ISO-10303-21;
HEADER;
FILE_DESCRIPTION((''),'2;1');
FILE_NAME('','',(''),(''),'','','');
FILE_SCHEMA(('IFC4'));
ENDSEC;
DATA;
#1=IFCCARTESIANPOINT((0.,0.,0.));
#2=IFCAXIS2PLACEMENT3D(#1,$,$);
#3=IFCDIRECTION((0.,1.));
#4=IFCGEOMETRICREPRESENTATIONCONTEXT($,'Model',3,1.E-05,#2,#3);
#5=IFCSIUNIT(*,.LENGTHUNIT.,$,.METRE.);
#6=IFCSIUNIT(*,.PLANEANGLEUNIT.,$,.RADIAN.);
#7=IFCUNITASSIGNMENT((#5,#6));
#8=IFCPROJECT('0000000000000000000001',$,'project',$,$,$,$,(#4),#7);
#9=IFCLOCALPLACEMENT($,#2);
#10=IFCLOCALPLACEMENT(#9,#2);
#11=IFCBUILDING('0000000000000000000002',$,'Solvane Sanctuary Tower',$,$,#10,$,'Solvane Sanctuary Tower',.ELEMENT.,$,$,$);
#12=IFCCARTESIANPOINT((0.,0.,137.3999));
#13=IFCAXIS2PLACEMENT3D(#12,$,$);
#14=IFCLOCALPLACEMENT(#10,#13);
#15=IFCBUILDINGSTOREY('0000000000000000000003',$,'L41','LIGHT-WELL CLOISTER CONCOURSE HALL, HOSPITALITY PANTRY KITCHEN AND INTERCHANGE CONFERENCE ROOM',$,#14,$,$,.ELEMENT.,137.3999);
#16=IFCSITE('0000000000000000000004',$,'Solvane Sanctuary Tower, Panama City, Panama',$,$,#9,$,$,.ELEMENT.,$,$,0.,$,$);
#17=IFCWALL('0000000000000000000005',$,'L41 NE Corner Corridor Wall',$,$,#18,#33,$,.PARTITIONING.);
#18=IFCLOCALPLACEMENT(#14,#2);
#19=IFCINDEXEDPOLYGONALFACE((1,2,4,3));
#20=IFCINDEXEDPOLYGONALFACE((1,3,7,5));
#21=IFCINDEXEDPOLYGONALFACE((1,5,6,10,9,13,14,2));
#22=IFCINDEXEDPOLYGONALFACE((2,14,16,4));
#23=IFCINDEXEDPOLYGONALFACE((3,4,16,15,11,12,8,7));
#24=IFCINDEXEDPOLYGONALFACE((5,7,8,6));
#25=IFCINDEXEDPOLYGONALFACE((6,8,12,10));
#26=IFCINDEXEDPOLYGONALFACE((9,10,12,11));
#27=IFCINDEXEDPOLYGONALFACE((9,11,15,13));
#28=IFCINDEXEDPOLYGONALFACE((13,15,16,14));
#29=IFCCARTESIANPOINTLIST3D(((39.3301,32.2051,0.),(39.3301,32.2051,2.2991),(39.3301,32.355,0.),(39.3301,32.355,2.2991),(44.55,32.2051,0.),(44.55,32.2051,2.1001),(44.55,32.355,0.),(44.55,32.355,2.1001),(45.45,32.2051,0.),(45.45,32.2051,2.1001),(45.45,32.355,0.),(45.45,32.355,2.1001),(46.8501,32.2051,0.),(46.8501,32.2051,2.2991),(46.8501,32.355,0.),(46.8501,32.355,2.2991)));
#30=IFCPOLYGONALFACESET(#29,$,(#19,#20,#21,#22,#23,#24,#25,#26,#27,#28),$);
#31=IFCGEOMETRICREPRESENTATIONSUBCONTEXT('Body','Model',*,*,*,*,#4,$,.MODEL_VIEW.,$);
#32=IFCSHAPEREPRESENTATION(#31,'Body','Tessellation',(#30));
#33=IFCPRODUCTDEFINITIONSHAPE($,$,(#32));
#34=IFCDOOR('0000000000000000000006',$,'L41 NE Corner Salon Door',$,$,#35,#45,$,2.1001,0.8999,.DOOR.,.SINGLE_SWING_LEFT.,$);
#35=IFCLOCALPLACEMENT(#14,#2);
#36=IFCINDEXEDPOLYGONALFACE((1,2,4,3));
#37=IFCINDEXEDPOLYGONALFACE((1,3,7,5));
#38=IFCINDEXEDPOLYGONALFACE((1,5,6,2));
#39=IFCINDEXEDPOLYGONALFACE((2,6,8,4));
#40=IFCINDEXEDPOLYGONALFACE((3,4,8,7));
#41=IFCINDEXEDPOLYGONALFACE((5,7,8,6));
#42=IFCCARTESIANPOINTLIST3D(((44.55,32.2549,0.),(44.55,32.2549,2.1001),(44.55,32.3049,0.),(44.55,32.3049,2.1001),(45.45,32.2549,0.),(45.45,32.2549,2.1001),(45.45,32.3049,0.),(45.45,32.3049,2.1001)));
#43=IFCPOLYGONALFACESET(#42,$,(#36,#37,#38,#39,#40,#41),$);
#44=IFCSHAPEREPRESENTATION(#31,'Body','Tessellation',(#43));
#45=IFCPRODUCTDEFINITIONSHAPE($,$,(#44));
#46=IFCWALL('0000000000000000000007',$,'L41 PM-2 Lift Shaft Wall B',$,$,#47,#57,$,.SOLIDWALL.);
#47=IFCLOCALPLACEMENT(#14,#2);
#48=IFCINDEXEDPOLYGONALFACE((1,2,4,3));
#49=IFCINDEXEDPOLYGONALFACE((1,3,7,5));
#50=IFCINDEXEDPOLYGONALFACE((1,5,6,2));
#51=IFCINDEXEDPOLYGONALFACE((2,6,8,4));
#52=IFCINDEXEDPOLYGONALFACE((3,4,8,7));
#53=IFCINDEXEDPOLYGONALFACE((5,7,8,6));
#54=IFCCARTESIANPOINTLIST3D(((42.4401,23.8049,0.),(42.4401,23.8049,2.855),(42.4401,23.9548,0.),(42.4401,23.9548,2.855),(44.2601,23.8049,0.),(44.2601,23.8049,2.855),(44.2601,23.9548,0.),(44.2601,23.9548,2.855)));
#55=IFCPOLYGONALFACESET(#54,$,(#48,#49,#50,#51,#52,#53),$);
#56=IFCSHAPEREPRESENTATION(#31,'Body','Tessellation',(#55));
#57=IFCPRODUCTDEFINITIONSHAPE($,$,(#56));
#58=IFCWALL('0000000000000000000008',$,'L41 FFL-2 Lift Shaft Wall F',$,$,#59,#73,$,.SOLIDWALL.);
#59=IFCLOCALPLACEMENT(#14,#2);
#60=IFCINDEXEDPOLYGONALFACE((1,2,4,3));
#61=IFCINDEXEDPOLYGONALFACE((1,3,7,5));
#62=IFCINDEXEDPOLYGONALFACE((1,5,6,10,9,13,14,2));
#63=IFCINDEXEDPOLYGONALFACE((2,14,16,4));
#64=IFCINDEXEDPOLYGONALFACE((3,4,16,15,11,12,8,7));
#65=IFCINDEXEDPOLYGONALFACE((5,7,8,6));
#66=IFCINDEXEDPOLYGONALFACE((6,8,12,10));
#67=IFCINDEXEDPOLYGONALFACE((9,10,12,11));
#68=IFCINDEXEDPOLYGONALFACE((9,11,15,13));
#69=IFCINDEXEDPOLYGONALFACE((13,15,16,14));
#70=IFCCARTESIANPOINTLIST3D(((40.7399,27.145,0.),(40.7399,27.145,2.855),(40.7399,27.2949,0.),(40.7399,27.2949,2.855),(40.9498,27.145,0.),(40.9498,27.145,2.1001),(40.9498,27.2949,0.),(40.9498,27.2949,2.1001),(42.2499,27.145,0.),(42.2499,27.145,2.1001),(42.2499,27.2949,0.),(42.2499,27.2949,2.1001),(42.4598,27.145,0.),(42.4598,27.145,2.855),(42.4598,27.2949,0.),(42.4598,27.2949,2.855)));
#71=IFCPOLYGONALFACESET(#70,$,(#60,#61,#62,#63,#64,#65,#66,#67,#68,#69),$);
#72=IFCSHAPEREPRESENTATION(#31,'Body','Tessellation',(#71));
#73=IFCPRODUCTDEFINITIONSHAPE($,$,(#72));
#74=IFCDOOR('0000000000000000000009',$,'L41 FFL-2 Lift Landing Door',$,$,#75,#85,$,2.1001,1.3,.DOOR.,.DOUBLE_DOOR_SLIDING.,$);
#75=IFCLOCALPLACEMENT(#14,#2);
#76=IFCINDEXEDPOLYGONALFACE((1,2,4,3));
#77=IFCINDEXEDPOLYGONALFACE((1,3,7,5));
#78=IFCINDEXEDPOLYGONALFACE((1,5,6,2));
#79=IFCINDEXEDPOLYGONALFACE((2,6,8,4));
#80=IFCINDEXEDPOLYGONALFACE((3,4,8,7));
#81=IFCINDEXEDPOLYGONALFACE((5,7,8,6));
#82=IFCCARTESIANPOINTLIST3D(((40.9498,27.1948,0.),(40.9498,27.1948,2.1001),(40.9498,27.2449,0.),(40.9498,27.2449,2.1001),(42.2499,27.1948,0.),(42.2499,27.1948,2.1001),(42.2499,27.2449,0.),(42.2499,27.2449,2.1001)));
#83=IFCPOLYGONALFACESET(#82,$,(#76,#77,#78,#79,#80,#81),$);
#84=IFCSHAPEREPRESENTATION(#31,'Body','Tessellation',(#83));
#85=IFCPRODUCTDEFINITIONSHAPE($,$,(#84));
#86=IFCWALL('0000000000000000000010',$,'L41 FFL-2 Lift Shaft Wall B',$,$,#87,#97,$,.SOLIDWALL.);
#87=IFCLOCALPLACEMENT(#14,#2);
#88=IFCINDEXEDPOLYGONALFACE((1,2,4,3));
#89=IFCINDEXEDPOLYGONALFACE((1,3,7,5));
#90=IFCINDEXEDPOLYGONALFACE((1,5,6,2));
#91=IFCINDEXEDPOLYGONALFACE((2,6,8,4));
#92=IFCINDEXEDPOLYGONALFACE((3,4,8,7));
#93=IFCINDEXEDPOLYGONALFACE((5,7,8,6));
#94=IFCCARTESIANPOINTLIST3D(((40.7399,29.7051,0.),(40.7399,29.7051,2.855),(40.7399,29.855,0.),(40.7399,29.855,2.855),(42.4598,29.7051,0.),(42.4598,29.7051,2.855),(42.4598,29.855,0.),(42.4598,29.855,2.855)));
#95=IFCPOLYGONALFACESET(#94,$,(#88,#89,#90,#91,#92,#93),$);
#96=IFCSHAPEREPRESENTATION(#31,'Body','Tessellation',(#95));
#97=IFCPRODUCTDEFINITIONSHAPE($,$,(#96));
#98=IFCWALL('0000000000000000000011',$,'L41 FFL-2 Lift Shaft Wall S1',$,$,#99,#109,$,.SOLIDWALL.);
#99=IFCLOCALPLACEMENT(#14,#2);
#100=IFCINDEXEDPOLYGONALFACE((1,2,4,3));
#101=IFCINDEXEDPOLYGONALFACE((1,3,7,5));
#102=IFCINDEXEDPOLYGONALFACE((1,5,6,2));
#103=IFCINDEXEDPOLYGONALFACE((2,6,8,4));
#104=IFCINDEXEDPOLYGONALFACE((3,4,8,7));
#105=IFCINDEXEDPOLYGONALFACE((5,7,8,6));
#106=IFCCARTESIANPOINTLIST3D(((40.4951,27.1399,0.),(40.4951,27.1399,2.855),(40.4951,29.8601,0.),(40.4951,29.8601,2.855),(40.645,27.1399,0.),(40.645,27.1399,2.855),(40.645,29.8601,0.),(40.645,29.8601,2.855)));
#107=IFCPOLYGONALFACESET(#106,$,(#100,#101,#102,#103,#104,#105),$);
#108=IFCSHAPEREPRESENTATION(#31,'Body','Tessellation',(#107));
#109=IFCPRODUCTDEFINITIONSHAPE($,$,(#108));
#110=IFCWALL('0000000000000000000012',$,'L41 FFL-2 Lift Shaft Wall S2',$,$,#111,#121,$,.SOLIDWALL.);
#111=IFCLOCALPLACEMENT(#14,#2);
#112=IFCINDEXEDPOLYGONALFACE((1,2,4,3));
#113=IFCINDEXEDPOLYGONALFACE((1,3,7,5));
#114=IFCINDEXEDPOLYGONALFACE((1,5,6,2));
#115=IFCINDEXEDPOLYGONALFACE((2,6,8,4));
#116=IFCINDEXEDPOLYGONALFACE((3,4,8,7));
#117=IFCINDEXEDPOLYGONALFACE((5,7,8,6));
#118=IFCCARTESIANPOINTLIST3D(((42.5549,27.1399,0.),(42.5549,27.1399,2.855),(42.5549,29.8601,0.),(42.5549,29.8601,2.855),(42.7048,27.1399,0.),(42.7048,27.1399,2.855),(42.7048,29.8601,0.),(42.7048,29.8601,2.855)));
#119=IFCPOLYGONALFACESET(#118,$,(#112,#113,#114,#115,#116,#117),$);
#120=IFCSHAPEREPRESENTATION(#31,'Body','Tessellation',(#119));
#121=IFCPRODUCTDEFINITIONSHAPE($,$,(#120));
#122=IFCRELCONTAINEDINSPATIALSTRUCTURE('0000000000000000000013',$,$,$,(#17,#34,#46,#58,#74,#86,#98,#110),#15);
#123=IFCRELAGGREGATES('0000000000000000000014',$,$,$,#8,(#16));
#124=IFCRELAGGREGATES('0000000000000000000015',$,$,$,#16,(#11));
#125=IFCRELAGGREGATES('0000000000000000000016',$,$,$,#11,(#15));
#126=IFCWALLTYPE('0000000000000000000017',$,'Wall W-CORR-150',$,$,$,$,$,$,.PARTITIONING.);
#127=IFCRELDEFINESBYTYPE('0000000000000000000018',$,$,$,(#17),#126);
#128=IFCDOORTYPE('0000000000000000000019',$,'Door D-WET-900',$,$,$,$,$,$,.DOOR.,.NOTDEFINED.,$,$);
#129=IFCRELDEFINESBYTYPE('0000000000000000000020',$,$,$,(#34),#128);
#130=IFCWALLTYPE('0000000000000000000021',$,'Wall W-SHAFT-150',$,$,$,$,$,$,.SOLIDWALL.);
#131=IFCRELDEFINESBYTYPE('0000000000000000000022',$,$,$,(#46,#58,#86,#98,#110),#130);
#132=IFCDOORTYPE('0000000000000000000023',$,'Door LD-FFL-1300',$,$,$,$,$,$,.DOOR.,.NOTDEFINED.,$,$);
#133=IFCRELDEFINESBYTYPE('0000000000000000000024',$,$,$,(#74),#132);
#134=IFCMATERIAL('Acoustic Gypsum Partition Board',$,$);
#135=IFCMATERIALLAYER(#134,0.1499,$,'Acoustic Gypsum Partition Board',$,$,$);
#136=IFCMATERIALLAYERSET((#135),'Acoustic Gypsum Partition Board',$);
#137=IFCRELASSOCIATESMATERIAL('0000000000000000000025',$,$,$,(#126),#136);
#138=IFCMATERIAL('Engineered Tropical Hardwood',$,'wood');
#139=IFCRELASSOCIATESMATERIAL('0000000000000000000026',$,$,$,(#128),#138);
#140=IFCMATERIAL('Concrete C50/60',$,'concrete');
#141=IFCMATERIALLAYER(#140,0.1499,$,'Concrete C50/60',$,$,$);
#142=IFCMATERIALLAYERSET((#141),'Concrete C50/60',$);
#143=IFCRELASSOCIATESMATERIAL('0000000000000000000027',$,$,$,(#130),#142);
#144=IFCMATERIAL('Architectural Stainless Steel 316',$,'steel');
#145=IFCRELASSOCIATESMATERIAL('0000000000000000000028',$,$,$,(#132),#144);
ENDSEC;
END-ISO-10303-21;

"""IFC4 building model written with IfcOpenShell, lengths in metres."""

from ifc_helpers import new_model, si_unit, direction, frame, frame_2d, origin, place, context, subcontext, project, spatial, rectangle, extrude, material, layer, layer_set, type_object, element, fill, save


model = new_model("IFC4")

# Units and contexts
model_context = context("Model", 3, precision=1e-05, world=origin(), true_north=direction((0.0, 1.0)))
body_context = subcontext(model_context, "Body", "Model", "MODEL_VIEW")
ifc_project = project(units=[si_unit("LENGTHUNIT", "METRE"), si_unit("PLANEANGLEUNIT", "RADIAN")], contexts=[model_context])

# Site, building, storey
site_placement = place(None, origin())
site = spatial("IfcSite", under=ifc_project, at=site_placement, Name="Solvane Sanctuary Tower, Panama City, Panama", CompositionType="ELEMENT", RefElevation=0.0)
building_placement = place(site_placement, origin())
building = spatial("IfcBuilding", under=site, at=building_placement, Name="Solvane Sanctuary Tower", LongName="Solvane Sanctuary Tower", CompositionType="ELEMENT")
storey_placement = place(building_placement, frame((0.0, 0.0, 137.3999)))
storey = spatial("IfcBuildingStorey", under=building, at=storey_placement, Name="L41", Description="LIGHT-WELL CLOISTER CONCOURSE HALL, HOSPITALITY PANTRY KITCHEN AND INTERCHANGE CONFERENCE ROOM", CompositionType="ELEMENT", Elevation=137.3999)

# Shared definitions
ifc_material_1 = material(Name="Acoustic Gypsum Partition Board")
ifc_layer_1 = layer(ifc_material_1, 0.1499, Name="Acoustic Gypsum Partition Board")
ifc_layer_set_1 = layer_set([ifc_layer_1], Name="Acoustic Gypsum Partition Board")
wall_type_1 = type_object("IfcWallType", Name="Wall W-CORR-150", PredefinedType="PARTITIONING", material=ifc_layer_set_1)

# Wall, opening, door
ifc_material_2 = material(Name="Architectural Stainless Steel 316", Category="steel")
wall_1_placement = place(storey_placement, frame((39.3301, 32.28, 0.0), z_axis=(0.0, 0.0, 1.0), x_axis=(1.0, 0.0, 0.0)))
wall_1 = element("IfcWall", 1, at=wall_1_placement, inside=storey, type_object=wall_type_1, Name="L41 NE Corner Corridor Wall", PredefinedType="PARTITIONING", context=body_context, shape_type="SweptSolid", body=[
    extrude(rectangle(XDim=7.52, YDim=0.1499, at=frame_2d((3.76, 0.0))), origin(), (0.0, 0.0, 1.0), 2.2991),
])
opening_1_placement = place(wall_1_placement, frame((5.22, 0.0, 0.0)))
opening_1 = element("IfcOpeningElement", 2, at=opening_1_placement, cuts=wall_1, PredefinedType="OPENING", context=body_context, shape_type="SweptSolid", body=[
    extrude(rectangle(XDim=0.8999, YDim=2.1001, at=frame_2d((0.45, 1.05))), frame((0.0, 0.085, 0.0), z_axis=(0.0, -1.0, 0.0), x_axis=(1.0, 0.0, 0.0)), (0.0, 0.0, 1.0), 0.1699),
])
ifc_material_3 = material(Name="Engineered Tropical Hardwood", Category="wood")
door_type_1 = type_object("IfcDoorType", Name="Door D-WET-900", OperationType="NOTDEFINED", PredefinedType="DOOR", material=ifc_material_3)
door_1_placement = place(opening_1_placement, origin())
door_1 = element("IfcDoor", 3, at=door_1_placement, inside=storey, type_object=door_type_1, Name="L41 NE Corner Salon Door", OperationType="SINGLE_SWING_LEFT", OverallHeight=2.1001, OverallWidth=0.8999, PredefinedType="DOOR", context=body_context, shape_type="SweptSolid", body=[
    extrude(rectangle(XDim=0.8999, YDim=2.1001, at=frame_2d((0.45, 1.05))), frame((0.0, 0.0249, 0.0), z_axis=(0.0, -1.0, 0.0), x_axis=(1.0, 0.0, 0.0)), (0.0, 0.0, 1.0), 0.05),
])
fill(opening_1, door_1)

# Wall
ifc_material_4 = material(Name="Concrete C50/60", Category="concrete")
ifc_layer_2 = layer(ifc_material_4, 0.1499, Name="Concrete C50/60")
ifc_layer_set_2 = layer_set([ifc_layer_2], Name="Concrete C50/60")
wall_type_2 = type_object("IfcWallType", Name="Wall W-SHAFT-150", PredefinedType="SOLIDWALL", material=ifc_layer_set_2)
wall_2_placement = place(storey_placement, frame((42.4399, 23.8799, 0.0), z_axis=(0.0, 0.0, 1.0), x_axis=(1.0, 0.0, 0.0)))
element("IfcWall", 4, at=wall_2_placement, inside=storey, type_object=wall_type_2, Name="L41 PM-2 Lift Shaft Wall B", PredefinedType="SOLIDWALL", context=body_context, shape_type="SweptSolid", body=[
    extrude(rectangle(XDim=1.8201, YDim=0.1499, at=frame_2d((0.9102, 0.0))), origin(), (0.0, 0.0, 1.0), 2.855),
])

# Wall, opening, door
wall_3_placement = place(storey_placement, frame((40.74, 27.22, 0.0), z_axis=(0.0, 0.0, 1.0), x_axis=(1.0, 0.0, 0.0)))
wall_3 = element("IfcWall", 5, at=wall_3_placement, inside=storey, type_object=wall_type_2, Name="L41 FFL-2 Lift Shaft Wall F", PredefinedType="SOLIDWALL", context=body_context, shape_type="SweptSolid", body=[
    extrude(rectangle(XDim=1.72, YDim=0.1499, at=frame_2d((0.8599, 0.0))), origin(), (0.0, 0.0, 1.0), 2.855),
])
opening_2_placement = place(wall_3_placement, frame((0.21, 0.0, 0.0)))
opening_2 = element("IfcOpeningElement", 6, at=opening_2_placement, cuts=wall_3, PredefinedType="OPENING", context=body_context, shape_type="SweptSolid", body=[
    extrude(rectangle(XDim=1.3, YDim=2.1001, at=frame_2d((0.6499, 1.05))), frame((0.0, 0.085, 0.0), z_axis=(0.0, -1.0, 0.0), x_axis=(1.0, 0.0, 0.0)), (0.0, 0.0, 1.0), 0.1699),
])
door_type_2 = type_object("IfcDoorType", Name="Door LD-FFL-1300", OperationType="NOTDEFINED", PredefinedType="DOOR", material=ifc_material_2)
door_2_placement = place(opening_2_placement, origin())
door_2 = element("IfcDoor", 7, at=door_2_placement, inside=storey, type_object=door_type_2, Name="L41 FFL-2 Lift Landing Door", OperationType="DOUBLE_DOOR_SLIDING", OverallHeight=2.1001, OverallWidth=1.3, PredefinedType="DOOR", context=body_context, shape_type="SweptSolid", body=[
    extrude(rectangle(XDim=1.3, YDim=2.1001, at=frame_2d((0.6499, 1.05))), frame((0.0, 0.0249, 0.0), z_axis=(0.0, -1.0, 0.0), x_axis=(1.0, 0.0, 0.0)), (0.0, 0.0, 1.0), 0.05),
])
fill(opening_2, door_2)

# Walls
wall_4_placement = place(storey_placement, frame((40.74, 29.78, 0.0), z_axis=(0.0, 0.0, 1.0), x_axis=(1.0, 0.0, 0.0)))
element("IfcWall", 8, at=wall_4_placement, inside=storey, type_object=wall_type_2, Name="L41 FFL-2 Lift Shaft Wall B", PredefinedType="SOLIDWALL", context=body_context, shape_type="SweptSolid", body=[
    extrude(rectangle(XDim=1.72, YDim=0.1499, at=frame_2d((0.8599, 0.0))), origin(), (0.0, 0.0, 1.0), 2.855),
])
for number, where, z_axis, x_axis, name in (
    (9, (40.5701, 27.1399, 0.0), (0.0, 0.0, 1.0), (0.0, 1.0, 0.0), "L41 FFL-2 Lift Shaft Wall S1"),
    (10, (42.6299, 27.1399, 0.0), (0.0, 0.0, 1.0), (0.0, 1.0, 0.0), "L41 FFL-2 Lift Shaft Wall S2"),
):
    element("IfcWall", number, at=place(storey_placement, frame(where, z_axis=z_axis, x_axis=x_axis)), inside=storey, type_object=wall_type_2, Name=name, PredefinedType="SOLIDWALL", context=body_context, shape_type="SweptSolid", body=[
        extrude(rectangle(XDim=2.7202, YDim=0.1499, at=frame_2d((1.3601, 0.0))), origin(), (0.0, 0.0, 1.0), 2.855),
    ])

save(model, "model.ifc")
